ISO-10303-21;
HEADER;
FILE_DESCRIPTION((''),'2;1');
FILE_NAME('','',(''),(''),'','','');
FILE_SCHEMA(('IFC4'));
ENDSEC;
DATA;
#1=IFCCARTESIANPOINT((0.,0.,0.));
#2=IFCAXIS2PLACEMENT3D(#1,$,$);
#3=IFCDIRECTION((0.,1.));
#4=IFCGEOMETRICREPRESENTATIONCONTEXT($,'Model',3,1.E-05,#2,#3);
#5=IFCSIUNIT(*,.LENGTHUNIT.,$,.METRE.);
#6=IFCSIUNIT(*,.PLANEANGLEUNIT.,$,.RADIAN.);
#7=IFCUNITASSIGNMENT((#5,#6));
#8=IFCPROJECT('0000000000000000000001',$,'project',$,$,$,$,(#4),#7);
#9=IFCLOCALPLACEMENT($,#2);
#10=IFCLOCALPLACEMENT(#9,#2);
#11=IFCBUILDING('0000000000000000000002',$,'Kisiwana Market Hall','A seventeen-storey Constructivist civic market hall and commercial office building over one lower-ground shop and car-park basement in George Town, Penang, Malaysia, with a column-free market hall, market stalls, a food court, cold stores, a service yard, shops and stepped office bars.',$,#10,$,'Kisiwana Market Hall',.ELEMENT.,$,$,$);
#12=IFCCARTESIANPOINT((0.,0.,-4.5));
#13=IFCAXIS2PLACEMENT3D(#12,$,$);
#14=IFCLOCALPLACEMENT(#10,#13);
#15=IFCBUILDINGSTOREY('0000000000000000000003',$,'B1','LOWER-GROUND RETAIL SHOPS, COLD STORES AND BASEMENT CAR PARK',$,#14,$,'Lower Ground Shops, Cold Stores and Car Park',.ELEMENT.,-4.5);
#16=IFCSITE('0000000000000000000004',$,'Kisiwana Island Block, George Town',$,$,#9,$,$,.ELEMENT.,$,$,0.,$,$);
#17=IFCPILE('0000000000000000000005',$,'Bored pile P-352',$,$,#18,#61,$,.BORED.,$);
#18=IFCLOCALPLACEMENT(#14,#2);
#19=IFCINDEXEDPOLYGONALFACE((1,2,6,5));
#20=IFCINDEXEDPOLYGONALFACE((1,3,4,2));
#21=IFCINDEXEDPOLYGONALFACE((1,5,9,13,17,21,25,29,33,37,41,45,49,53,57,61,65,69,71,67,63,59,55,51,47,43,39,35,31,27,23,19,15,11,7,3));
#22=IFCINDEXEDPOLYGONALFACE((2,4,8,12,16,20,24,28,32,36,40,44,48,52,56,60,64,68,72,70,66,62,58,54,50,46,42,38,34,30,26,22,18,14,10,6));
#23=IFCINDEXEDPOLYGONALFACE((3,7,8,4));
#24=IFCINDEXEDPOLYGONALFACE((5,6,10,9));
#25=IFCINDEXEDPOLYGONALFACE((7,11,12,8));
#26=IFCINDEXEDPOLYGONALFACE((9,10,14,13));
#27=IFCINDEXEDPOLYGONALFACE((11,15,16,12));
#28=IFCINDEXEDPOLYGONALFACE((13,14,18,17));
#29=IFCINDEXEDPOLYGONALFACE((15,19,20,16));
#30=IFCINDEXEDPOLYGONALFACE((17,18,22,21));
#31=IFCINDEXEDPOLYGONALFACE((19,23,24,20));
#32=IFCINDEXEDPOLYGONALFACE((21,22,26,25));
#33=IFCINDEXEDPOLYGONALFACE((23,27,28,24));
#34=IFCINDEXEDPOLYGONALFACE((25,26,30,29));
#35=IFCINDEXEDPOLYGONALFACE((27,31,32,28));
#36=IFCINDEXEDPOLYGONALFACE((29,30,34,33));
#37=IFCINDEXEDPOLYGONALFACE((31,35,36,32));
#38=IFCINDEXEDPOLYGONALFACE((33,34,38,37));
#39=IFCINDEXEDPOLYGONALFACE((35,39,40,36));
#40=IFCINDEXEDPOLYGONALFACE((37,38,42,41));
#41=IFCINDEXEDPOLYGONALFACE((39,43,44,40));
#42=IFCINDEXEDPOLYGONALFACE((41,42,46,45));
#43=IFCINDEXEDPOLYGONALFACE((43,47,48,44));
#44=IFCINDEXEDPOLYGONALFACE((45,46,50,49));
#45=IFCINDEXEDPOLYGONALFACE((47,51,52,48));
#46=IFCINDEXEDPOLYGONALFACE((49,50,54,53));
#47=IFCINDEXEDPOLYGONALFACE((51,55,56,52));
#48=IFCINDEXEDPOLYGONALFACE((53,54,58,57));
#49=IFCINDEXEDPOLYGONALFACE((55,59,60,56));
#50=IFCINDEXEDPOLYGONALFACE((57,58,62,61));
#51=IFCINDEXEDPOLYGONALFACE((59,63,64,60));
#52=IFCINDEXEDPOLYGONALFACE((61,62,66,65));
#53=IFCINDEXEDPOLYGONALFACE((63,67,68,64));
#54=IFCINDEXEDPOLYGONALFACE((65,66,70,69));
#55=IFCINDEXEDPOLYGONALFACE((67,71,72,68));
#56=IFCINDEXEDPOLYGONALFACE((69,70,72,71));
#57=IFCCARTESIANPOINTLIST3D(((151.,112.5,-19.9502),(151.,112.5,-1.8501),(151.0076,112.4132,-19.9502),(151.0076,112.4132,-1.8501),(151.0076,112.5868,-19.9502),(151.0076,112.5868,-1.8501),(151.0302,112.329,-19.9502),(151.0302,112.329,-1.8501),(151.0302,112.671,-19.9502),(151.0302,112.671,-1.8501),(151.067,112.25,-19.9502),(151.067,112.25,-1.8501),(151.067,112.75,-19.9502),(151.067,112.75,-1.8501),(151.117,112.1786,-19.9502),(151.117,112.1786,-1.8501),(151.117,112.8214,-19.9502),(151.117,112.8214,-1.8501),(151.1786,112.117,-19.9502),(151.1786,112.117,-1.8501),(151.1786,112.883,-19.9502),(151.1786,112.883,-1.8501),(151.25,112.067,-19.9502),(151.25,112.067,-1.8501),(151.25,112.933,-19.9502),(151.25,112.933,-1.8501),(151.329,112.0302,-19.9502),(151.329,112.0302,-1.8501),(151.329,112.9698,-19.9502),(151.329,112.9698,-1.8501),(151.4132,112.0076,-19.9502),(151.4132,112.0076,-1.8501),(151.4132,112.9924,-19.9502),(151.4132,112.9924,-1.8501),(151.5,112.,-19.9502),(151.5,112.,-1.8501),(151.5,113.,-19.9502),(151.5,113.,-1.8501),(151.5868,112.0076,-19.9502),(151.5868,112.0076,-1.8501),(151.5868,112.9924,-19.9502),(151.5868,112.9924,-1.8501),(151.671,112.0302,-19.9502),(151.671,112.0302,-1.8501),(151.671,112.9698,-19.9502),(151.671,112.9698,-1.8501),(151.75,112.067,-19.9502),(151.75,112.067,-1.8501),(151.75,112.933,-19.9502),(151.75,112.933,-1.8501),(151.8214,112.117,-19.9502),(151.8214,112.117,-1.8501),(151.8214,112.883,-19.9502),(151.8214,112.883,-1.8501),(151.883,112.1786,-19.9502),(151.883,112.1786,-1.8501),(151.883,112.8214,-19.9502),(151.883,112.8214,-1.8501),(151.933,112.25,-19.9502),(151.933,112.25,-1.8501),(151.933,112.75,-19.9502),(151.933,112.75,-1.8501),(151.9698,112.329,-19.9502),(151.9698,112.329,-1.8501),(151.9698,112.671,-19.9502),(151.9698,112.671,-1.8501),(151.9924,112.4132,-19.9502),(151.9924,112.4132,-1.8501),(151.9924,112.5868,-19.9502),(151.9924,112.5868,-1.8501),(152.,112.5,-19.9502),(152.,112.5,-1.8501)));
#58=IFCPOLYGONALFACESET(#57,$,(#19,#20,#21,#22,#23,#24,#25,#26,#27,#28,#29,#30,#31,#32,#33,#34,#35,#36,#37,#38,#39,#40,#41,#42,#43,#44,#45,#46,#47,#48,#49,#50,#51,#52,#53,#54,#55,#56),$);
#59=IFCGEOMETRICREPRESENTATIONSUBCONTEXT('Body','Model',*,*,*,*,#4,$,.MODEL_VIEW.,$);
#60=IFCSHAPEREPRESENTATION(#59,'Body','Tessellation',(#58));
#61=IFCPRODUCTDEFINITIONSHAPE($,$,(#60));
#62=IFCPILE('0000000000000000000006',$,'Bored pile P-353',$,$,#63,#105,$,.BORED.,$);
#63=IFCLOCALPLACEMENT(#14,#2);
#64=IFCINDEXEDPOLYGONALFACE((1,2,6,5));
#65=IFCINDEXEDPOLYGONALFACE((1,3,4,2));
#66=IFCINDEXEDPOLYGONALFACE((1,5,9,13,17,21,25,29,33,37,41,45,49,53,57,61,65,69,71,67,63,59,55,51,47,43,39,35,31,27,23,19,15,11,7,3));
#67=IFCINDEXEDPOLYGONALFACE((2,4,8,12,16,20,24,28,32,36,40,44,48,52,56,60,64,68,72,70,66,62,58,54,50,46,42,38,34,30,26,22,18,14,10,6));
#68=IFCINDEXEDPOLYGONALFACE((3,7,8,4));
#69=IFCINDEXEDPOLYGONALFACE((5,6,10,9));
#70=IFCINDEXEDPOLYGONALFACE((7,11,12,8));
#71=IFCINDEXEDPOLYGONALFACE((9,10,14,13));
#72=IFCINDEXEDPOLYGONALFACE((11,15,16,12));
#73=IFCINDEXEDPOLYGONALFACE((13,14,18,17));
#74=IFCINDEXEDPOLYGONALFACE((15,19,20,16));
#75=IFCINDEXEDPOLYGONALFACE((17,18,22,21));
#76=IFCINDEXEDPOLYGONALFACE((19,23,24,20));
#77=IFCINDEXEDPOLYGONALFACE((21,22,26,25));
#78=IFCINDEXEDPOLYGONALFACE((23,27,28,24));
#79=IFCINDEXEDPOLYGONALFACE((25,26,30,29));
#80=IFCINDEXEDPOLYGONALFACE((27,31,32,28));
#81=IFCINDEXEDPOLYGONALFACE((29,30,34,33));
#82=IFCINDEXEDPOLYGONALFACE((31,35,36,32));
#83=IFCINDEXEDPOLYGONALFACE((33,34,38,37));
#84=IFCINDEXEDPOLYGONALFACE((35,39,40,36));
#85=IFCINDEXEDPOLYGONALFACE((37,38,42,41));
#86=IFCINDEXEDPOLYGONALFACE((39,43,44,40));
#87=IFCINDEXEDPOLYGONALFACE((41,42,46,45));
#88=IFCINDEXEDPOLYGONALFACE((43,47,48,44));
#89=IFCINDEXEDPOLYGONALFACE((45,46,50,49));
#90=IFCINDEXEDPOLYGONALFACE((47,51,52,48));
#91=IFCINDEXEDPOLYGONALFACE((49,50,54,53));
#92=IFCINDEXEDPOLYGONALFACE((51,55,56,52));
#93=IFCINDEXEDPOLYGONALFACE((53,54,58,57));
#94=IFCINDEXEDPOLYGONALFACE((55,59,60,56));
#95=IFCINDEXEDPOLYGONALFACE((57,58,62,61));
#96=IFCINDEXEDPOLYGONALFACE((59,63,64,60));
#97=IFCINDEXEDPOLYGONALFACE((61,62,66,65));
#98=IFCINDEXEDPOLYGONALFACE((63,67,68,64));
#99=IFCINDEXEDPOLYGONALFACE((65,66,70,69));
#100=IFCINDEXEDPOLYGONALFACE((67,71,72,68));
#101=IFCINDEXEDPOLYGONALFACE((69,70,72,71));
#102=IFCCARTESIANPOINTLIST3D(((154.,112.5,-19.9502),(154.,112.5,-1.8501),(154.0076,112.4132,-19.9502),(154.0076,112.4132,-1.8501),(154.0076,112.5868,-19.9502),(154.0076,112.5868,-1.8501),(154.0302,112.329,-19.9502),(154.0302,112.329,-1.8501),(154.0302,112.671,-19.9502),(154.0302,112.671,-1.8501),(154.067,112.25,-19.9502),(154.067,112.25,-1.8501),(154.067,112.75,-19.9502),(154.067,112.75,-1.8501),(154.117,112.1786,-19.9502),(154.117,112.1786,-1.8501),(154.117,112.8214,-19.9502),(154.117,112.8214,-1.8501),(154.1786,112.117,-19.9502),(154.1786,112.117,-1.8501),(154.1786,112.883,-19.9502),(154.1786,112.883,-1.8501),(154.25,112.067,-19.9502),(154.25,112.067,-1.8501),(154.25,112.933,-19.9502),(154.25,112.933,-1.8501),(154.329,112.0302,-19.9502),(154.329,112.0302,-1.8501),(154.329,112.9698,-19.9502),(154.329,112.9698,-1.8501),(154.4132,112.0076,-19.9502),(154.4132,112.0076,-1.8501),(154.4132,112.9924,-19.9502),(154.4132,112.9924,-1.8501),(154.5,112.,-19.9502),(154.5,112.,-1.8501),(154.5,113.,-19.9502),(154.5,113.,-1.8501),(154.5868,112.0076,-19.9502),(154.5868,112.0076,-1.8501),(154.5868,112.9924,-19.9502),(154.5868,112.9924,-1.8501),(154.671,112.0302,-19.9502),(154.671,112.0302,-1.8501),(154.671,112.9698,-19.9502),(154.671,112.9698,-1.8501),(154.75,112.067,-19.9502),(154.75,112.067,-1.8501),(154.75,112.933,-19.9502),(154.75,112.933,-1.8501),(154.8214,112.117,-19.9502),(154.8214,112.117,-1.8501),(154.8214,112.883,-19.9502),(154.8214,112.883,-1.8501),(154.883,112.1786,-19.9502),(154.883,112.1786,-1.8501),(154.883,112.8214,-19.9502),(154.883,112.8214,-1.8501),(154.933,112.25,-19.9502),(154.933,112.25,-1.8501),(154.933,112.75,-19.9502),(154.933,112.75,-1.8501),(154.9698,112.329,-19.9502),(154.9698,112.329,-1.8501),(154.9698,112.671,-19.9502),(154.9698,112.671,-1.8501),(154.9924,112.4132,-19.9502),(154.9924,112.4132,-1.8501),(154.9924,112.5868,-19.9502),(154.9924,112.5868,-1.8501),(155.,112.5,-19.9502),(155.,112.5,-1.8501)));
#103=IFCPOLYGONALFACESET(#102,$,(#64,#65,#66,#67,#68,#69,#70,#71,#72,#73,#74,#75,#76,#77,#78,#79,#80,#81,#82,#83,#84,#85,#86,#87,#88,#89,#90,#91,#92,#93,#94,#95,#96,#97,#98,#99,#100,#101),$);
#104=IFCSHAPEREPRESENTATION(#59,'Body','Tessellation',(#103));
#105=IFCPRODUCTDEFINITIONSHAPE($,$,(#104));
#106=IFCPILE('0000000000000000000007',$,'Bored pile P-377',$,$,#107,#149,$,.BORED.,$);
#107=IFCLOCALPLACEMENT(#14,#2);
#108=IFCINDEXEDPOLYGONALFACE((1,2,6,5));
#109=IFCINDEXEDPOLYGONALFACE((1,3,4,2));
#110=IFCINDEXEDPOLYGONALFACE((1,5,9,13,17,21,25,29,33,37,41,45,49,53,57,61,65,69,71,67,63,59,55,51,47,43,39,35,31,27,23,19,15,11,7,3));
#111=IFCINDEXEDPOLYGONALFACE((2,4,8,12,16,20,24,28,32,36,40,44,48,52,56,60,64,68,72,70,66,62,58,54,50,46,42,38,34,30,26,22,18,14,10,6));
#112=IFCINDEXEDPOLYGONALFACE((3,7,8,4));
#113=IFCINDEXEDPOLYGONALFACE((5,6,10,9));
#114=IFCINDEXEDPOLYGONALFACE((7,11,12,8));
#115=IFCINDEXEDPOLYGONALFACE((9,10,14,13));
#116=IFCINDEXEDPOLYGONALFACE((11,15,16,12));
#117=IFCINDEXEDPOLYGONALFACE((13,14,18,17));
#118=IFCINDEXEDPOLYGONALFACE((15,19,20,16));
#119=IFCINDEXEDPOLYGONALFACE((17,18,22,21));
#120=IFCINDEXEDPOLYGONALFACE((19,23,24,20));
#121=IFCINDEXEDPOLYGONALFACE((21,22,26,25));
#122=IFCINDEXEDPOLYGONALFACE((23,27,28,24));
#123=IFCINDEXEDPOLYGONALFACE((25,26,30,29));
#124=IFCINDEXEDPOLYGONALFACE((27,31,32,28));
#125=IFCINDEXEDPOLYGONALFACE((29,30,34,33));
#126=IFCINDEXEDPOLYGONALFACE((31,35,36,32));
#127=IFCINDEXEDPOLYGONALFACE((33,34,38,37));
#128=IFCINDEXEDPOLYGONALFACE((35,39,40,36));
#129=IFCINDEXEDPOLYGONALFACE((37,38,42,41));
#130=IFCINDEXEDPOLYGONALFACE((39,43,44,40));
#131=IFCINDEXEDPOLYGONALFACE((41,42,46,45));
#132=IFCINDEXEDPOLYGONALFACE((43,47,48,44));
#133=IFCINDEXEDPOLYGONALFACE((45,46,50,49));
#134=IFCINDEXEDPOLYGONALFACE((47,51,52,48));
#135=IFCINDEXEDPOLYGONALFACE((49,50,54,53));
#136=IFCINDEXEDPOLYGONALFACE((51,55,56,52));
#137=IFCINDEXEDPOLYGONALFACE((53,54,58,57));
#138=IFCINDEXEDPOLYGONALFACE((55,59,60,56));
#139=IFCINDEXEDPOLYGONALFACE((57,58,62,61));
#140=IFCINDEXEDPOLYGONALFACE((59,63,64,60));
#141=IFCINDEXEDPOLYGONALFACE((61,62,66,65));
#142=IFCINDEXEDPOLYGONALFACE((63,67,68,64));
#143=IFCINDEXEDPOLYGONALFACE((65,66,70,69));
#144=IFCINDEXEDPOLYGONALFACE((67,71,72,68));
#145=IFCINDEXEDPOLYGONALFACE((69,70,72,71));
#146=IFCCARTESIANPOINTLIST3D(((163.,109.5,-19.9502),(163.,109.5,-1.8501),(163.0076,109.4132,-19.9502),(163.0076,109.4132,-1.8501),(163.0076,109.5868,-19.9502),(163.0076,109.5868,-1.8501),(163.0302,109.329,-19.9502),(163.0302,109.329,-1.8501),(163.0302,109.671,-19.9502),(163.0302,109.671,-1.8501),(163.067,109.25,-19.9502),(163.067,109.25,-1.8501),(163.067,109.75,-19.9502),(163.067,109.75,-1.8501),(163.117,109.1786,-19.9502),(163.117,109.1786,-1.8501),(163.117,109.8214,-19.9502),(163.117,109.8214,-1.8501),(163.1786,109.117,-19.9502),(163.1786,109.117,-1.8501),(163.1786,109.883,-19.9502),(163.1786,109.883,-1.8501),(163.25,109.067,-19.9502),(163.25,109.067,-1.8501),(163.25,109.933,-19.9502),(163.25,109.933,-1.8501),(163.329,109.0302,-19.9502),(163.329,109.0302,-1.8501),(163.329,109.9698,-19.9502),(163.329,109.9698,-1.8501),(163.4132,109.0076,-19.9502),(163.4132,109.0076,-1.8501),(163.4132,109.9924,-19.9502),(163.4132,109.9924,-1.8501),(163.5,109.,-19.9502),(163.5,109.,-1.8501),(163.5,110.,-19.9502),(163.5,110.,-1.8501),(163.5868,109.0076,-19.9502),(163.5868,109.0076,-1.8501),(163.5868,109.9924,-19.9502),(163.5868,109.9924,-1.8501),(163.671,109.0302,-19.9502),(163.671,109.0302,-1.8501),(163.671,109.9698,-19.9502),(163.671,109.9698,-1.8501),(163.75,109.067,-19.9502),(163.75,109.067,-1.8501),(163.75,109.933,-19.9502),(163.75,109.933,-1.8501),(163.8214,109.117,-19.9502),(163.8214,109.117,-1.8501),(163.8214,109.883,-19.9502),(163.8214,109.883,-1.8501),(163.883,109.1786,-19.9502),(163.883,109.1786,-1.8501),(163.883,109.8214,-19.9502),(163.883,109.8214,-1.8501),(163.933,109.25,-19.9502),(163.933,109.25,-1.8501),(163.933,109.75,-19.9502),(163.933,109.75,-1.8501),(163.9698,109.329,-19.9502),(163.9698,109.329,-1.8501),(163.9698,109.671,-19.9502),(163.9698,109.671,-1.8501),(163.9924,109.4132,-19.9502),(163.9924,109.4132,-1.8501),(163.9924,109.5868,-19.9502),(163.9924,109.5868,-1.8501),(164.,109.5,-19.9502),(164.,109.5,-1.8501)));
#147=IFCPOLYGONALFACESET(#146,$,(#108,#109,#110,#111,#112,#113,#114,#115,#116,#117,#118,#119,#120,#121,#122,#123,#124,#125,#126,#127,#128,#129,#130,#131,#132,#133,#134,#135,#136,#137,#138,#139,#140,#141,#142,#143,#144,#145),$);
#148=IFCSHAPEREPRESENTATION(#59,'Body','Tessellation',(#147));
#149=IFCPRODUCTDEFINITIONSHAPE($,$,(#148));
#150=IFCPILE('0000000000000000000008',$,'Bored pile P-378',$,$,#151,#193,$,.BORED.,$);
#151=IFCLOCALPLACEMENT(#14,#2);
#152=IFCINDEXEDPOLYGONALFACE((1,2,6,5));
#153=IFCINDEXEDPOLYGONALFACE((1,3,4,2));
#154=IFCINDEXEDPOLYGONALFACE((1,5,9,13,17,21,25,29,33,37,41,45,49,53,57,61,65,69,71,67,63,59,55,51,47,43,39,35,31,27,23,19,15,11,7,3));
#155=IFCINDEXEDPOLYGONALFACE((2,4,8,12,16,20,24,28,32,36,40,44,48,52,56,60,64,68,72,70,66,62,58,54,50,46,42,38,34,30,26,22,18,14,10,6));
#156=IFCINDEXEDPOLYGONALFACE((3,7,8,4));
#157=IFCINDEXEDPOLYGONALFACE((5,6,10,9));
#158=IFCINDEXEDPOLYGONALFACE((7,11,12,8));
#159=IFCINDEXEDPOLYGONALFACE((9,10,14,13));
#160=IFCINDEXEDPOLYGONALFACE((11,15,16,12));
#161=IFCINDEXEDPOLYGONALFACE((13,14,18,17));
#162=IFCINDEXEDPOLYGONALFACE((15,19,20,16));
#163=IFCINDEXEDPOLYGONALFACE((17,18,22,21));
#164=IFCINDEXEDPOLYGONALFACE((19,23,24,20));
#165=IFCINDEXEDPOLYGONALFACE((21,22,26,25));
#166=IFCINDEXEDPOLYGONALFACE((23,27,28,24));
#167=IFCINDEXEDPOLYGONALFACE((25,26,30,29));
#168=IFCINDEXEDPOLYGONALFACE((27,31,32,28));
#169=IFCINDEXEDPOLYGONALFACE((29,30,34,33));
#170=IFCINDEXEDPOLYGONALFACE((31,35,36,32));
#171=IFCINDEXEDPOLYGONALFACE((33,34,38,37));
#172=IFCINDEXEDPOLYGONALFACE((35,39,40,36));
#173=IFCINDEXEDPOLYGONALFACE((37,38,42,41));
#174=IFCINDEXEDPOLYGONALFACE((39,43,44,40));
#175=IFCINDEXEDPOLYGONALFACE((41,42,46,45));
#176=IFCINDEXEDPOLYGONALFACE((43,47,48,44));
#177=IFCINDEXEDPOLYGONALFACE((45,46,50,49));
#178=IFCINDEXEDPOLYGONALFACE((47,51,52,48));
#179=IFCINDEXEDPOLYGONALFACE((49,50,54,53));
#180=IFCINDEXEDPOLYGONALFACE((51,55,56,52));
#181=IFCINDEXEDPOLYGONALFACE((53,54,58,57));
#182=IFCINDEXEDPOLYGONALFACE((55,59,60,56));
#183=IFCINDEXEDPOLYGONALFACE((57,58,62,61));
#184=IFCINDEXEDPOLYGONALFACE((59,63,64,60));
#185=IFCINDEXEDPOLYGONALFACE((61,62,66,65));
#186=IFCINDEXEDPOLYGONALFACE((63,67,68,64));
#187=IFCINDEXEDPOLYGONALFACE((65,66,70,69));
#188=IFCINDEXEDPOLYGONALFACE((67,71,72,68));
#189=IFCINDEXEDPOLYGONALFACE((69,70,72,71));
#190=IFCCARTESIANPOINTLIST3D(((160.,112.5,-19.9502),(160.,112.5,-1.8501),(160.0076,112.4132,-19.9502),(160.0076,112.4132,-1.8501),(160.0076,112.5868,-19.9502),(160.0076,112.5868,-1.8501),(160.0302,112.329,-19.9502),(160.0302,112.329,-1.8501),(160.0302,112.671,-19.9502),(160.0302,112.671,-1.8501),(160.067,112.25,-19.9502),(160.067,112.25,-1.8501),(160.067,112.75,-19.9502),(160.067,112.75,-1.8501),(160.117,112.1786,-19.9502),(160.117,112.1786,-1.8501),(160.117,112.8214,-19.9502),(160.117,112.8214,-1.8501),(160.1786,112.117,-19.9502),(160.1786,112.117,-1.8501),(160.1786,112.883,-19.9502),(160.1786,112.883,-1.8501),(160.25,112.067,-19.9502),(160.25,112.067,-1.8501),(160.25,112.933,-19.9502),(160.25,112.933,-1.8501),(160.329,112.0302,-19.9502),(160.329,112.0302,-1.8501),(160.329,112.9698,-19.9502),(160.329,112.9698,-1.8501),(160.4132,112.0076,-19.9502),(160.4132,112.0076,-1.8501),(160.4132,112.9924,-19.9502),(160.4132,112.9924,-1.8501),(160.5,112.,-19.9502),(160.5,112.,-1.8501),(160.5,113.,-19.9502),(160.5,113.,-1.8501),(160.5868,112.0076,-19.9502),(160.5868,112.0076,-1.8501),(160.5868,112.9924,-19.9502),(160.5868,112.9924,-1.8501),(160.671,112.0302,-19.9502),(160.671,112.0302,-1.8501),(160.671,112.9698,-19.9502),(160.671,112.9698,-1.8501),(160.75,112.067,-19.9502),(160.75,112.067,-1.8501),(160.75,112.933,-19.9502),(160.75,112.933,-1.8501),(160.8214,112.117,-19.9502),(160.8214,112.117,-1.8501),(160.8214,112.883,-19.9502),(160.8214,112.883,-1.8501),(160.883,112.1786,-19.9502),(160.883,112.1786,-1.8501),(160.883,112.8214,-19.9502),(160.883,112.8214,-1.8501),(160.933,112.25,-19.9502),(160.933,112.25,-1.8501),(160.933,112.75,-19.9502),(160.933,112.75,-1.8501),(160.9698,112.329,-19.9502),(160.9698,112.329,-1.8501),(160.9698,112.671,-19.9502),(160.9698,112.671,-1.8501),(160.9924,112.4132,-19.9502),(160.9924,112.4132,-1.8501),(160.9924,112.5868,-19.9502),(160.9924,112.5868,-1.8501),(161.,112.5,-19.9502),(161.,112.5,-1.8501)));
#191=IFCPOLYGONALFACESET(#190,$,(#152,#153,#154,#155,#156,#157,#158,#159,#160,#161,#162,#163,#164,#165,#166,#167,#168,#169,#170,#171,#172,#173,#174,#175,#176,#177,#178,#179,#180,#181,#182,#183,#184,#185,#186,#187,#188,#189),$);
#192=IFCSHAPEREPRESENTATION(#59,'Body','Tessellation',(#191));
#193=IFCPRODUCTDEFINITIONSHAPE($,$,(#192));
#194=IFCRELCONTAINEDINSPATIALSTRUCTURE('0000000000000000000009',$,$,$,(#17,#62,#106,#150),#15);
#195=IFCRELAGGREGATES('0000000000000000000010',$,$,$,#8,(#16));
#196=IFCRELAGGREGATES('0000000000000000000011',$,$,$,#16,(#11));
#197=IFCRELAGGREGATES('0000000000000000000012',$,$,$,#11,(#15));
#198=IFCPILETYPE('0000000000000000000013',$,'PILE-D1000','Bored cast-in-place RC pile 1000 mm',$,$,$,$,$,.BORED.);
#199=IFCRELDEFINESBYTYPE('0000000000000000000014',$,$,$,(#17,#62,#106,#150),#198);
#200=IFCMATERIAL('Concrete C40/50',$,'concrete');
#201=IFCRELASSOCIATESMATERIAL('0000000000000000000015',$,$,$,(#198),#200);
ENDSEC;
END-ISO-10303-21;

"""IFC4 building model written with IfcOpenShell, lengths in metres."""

from ifc_helpers import new_model, si_unit, direction, frame, origin, origin_2d, place, context, subcontext, project, spatial, circle, extrude, material, material_profile, profile_set, type_object, element, save


model = new_model("IFC4")

# Units and contexts
model_context = context("Model", 3, precision=1e-05, world=origin(), true_north=direction((0.0, 1.0)))
body_context = subcontext(model_context, "Body", "Model", "MODEL_VIEW")
ifc_project = project(units=[si_unit("LENGTHUNIT", "METRE"), si_unit("PLANEANGLEUNIT", "RADIAN")], contexts=[model_context])

# Site, building, storey
site_placement = place(None, origin())
site = spatial("IfcSite", under=ifc_project, at=site_placement, Name="Kisiwana Island Block, George Town", CompositionType="ELEMENT", RefElevation=0.0)
building_placement = place(site_placement, origin())
building = spatial("IfcBuilding", under=site, at=building_placement, Name="Kisiwana Market Hall", Description="A seventeen-storey Constructivist civic market hall and commercial office building over one lower-ground shop and car-park basement in George Town, Penang, Malaysia, with a column-free market hall, market stalls, a food court, cold stores, a service yard, shops and stepped office bars.", LongName="Kisiwana Market Hall", CompositionType="ELEMENT")
storey_placement = place(building_placement, frame((0.0, 0.0, -4.5)))
storey = spatial("IfcBuildingStorey", under=building, at=storey_placement, Name="B1", Description="LOWER-GROUND RETAIL SHOPS, COLD STORES AND BASEMENT CAR PARK", LongName="Lower Ground Shops, Cold Stores and Car Park", CompositionType="ELEMENT", Elevation=-4.5)

# Piles
ifc_material_1 = material(Name="Concrete C40/50", Category="concrete")
ifc_material_profile_1 = material_profile(ifc_material_1, circle(Radius=0.5, at=origin_2d()), Name="BP D1000")
ifc_profile_set_1 = profile_set([ifc_material_profile_1], Name="Concrete C40/50")
pile_type_1 = type_object("IfcPileType", Name="PILE-D1000", Description="Bored cast-in-place RC pile 1000 mm", PredefinedType="BORED", material=ifc_profile_set_1)
for number, where, z_axis, x_axis, name in (
    (1, (151.5, 112.5, -1.8501), (0.0, 0.0, -1.0), (1.0, 0.0, 0.0), "Bored pile P-352"),
    (2, (154.5, 112.5, -1.8501), (0.0, 0.0, -1.0), (1.0, 0.0, 0.0), "Bored pile P-353"),
    (3, (163.5, 109.5, -1.8501), (0.0, 0.0, -1.0), (1.0, 0.0, 0.0), "Bored pile P-377"),
    (4, (160.5, 112.5, -1.8501), (0.0, 0.0, -1.0), (1.0, 0.0, 0.0), "Bored pile P-378"),
):
    element("IfcPile", number, at=place(storey_placement, frame(where, z_axis=z_axis, x_axis=x_axis)), inside=storey, type_object=pile_type_1, Name=name, PredefinedType="BORED", context=body_context, shape_type="SweptSolid", body=[
        extrude(circle(Radius=0.5, at=origin_2d()), origin(), (0.0, 0.0, 1.0), 18.1001),
    ])

save(model, "model.ifc")
